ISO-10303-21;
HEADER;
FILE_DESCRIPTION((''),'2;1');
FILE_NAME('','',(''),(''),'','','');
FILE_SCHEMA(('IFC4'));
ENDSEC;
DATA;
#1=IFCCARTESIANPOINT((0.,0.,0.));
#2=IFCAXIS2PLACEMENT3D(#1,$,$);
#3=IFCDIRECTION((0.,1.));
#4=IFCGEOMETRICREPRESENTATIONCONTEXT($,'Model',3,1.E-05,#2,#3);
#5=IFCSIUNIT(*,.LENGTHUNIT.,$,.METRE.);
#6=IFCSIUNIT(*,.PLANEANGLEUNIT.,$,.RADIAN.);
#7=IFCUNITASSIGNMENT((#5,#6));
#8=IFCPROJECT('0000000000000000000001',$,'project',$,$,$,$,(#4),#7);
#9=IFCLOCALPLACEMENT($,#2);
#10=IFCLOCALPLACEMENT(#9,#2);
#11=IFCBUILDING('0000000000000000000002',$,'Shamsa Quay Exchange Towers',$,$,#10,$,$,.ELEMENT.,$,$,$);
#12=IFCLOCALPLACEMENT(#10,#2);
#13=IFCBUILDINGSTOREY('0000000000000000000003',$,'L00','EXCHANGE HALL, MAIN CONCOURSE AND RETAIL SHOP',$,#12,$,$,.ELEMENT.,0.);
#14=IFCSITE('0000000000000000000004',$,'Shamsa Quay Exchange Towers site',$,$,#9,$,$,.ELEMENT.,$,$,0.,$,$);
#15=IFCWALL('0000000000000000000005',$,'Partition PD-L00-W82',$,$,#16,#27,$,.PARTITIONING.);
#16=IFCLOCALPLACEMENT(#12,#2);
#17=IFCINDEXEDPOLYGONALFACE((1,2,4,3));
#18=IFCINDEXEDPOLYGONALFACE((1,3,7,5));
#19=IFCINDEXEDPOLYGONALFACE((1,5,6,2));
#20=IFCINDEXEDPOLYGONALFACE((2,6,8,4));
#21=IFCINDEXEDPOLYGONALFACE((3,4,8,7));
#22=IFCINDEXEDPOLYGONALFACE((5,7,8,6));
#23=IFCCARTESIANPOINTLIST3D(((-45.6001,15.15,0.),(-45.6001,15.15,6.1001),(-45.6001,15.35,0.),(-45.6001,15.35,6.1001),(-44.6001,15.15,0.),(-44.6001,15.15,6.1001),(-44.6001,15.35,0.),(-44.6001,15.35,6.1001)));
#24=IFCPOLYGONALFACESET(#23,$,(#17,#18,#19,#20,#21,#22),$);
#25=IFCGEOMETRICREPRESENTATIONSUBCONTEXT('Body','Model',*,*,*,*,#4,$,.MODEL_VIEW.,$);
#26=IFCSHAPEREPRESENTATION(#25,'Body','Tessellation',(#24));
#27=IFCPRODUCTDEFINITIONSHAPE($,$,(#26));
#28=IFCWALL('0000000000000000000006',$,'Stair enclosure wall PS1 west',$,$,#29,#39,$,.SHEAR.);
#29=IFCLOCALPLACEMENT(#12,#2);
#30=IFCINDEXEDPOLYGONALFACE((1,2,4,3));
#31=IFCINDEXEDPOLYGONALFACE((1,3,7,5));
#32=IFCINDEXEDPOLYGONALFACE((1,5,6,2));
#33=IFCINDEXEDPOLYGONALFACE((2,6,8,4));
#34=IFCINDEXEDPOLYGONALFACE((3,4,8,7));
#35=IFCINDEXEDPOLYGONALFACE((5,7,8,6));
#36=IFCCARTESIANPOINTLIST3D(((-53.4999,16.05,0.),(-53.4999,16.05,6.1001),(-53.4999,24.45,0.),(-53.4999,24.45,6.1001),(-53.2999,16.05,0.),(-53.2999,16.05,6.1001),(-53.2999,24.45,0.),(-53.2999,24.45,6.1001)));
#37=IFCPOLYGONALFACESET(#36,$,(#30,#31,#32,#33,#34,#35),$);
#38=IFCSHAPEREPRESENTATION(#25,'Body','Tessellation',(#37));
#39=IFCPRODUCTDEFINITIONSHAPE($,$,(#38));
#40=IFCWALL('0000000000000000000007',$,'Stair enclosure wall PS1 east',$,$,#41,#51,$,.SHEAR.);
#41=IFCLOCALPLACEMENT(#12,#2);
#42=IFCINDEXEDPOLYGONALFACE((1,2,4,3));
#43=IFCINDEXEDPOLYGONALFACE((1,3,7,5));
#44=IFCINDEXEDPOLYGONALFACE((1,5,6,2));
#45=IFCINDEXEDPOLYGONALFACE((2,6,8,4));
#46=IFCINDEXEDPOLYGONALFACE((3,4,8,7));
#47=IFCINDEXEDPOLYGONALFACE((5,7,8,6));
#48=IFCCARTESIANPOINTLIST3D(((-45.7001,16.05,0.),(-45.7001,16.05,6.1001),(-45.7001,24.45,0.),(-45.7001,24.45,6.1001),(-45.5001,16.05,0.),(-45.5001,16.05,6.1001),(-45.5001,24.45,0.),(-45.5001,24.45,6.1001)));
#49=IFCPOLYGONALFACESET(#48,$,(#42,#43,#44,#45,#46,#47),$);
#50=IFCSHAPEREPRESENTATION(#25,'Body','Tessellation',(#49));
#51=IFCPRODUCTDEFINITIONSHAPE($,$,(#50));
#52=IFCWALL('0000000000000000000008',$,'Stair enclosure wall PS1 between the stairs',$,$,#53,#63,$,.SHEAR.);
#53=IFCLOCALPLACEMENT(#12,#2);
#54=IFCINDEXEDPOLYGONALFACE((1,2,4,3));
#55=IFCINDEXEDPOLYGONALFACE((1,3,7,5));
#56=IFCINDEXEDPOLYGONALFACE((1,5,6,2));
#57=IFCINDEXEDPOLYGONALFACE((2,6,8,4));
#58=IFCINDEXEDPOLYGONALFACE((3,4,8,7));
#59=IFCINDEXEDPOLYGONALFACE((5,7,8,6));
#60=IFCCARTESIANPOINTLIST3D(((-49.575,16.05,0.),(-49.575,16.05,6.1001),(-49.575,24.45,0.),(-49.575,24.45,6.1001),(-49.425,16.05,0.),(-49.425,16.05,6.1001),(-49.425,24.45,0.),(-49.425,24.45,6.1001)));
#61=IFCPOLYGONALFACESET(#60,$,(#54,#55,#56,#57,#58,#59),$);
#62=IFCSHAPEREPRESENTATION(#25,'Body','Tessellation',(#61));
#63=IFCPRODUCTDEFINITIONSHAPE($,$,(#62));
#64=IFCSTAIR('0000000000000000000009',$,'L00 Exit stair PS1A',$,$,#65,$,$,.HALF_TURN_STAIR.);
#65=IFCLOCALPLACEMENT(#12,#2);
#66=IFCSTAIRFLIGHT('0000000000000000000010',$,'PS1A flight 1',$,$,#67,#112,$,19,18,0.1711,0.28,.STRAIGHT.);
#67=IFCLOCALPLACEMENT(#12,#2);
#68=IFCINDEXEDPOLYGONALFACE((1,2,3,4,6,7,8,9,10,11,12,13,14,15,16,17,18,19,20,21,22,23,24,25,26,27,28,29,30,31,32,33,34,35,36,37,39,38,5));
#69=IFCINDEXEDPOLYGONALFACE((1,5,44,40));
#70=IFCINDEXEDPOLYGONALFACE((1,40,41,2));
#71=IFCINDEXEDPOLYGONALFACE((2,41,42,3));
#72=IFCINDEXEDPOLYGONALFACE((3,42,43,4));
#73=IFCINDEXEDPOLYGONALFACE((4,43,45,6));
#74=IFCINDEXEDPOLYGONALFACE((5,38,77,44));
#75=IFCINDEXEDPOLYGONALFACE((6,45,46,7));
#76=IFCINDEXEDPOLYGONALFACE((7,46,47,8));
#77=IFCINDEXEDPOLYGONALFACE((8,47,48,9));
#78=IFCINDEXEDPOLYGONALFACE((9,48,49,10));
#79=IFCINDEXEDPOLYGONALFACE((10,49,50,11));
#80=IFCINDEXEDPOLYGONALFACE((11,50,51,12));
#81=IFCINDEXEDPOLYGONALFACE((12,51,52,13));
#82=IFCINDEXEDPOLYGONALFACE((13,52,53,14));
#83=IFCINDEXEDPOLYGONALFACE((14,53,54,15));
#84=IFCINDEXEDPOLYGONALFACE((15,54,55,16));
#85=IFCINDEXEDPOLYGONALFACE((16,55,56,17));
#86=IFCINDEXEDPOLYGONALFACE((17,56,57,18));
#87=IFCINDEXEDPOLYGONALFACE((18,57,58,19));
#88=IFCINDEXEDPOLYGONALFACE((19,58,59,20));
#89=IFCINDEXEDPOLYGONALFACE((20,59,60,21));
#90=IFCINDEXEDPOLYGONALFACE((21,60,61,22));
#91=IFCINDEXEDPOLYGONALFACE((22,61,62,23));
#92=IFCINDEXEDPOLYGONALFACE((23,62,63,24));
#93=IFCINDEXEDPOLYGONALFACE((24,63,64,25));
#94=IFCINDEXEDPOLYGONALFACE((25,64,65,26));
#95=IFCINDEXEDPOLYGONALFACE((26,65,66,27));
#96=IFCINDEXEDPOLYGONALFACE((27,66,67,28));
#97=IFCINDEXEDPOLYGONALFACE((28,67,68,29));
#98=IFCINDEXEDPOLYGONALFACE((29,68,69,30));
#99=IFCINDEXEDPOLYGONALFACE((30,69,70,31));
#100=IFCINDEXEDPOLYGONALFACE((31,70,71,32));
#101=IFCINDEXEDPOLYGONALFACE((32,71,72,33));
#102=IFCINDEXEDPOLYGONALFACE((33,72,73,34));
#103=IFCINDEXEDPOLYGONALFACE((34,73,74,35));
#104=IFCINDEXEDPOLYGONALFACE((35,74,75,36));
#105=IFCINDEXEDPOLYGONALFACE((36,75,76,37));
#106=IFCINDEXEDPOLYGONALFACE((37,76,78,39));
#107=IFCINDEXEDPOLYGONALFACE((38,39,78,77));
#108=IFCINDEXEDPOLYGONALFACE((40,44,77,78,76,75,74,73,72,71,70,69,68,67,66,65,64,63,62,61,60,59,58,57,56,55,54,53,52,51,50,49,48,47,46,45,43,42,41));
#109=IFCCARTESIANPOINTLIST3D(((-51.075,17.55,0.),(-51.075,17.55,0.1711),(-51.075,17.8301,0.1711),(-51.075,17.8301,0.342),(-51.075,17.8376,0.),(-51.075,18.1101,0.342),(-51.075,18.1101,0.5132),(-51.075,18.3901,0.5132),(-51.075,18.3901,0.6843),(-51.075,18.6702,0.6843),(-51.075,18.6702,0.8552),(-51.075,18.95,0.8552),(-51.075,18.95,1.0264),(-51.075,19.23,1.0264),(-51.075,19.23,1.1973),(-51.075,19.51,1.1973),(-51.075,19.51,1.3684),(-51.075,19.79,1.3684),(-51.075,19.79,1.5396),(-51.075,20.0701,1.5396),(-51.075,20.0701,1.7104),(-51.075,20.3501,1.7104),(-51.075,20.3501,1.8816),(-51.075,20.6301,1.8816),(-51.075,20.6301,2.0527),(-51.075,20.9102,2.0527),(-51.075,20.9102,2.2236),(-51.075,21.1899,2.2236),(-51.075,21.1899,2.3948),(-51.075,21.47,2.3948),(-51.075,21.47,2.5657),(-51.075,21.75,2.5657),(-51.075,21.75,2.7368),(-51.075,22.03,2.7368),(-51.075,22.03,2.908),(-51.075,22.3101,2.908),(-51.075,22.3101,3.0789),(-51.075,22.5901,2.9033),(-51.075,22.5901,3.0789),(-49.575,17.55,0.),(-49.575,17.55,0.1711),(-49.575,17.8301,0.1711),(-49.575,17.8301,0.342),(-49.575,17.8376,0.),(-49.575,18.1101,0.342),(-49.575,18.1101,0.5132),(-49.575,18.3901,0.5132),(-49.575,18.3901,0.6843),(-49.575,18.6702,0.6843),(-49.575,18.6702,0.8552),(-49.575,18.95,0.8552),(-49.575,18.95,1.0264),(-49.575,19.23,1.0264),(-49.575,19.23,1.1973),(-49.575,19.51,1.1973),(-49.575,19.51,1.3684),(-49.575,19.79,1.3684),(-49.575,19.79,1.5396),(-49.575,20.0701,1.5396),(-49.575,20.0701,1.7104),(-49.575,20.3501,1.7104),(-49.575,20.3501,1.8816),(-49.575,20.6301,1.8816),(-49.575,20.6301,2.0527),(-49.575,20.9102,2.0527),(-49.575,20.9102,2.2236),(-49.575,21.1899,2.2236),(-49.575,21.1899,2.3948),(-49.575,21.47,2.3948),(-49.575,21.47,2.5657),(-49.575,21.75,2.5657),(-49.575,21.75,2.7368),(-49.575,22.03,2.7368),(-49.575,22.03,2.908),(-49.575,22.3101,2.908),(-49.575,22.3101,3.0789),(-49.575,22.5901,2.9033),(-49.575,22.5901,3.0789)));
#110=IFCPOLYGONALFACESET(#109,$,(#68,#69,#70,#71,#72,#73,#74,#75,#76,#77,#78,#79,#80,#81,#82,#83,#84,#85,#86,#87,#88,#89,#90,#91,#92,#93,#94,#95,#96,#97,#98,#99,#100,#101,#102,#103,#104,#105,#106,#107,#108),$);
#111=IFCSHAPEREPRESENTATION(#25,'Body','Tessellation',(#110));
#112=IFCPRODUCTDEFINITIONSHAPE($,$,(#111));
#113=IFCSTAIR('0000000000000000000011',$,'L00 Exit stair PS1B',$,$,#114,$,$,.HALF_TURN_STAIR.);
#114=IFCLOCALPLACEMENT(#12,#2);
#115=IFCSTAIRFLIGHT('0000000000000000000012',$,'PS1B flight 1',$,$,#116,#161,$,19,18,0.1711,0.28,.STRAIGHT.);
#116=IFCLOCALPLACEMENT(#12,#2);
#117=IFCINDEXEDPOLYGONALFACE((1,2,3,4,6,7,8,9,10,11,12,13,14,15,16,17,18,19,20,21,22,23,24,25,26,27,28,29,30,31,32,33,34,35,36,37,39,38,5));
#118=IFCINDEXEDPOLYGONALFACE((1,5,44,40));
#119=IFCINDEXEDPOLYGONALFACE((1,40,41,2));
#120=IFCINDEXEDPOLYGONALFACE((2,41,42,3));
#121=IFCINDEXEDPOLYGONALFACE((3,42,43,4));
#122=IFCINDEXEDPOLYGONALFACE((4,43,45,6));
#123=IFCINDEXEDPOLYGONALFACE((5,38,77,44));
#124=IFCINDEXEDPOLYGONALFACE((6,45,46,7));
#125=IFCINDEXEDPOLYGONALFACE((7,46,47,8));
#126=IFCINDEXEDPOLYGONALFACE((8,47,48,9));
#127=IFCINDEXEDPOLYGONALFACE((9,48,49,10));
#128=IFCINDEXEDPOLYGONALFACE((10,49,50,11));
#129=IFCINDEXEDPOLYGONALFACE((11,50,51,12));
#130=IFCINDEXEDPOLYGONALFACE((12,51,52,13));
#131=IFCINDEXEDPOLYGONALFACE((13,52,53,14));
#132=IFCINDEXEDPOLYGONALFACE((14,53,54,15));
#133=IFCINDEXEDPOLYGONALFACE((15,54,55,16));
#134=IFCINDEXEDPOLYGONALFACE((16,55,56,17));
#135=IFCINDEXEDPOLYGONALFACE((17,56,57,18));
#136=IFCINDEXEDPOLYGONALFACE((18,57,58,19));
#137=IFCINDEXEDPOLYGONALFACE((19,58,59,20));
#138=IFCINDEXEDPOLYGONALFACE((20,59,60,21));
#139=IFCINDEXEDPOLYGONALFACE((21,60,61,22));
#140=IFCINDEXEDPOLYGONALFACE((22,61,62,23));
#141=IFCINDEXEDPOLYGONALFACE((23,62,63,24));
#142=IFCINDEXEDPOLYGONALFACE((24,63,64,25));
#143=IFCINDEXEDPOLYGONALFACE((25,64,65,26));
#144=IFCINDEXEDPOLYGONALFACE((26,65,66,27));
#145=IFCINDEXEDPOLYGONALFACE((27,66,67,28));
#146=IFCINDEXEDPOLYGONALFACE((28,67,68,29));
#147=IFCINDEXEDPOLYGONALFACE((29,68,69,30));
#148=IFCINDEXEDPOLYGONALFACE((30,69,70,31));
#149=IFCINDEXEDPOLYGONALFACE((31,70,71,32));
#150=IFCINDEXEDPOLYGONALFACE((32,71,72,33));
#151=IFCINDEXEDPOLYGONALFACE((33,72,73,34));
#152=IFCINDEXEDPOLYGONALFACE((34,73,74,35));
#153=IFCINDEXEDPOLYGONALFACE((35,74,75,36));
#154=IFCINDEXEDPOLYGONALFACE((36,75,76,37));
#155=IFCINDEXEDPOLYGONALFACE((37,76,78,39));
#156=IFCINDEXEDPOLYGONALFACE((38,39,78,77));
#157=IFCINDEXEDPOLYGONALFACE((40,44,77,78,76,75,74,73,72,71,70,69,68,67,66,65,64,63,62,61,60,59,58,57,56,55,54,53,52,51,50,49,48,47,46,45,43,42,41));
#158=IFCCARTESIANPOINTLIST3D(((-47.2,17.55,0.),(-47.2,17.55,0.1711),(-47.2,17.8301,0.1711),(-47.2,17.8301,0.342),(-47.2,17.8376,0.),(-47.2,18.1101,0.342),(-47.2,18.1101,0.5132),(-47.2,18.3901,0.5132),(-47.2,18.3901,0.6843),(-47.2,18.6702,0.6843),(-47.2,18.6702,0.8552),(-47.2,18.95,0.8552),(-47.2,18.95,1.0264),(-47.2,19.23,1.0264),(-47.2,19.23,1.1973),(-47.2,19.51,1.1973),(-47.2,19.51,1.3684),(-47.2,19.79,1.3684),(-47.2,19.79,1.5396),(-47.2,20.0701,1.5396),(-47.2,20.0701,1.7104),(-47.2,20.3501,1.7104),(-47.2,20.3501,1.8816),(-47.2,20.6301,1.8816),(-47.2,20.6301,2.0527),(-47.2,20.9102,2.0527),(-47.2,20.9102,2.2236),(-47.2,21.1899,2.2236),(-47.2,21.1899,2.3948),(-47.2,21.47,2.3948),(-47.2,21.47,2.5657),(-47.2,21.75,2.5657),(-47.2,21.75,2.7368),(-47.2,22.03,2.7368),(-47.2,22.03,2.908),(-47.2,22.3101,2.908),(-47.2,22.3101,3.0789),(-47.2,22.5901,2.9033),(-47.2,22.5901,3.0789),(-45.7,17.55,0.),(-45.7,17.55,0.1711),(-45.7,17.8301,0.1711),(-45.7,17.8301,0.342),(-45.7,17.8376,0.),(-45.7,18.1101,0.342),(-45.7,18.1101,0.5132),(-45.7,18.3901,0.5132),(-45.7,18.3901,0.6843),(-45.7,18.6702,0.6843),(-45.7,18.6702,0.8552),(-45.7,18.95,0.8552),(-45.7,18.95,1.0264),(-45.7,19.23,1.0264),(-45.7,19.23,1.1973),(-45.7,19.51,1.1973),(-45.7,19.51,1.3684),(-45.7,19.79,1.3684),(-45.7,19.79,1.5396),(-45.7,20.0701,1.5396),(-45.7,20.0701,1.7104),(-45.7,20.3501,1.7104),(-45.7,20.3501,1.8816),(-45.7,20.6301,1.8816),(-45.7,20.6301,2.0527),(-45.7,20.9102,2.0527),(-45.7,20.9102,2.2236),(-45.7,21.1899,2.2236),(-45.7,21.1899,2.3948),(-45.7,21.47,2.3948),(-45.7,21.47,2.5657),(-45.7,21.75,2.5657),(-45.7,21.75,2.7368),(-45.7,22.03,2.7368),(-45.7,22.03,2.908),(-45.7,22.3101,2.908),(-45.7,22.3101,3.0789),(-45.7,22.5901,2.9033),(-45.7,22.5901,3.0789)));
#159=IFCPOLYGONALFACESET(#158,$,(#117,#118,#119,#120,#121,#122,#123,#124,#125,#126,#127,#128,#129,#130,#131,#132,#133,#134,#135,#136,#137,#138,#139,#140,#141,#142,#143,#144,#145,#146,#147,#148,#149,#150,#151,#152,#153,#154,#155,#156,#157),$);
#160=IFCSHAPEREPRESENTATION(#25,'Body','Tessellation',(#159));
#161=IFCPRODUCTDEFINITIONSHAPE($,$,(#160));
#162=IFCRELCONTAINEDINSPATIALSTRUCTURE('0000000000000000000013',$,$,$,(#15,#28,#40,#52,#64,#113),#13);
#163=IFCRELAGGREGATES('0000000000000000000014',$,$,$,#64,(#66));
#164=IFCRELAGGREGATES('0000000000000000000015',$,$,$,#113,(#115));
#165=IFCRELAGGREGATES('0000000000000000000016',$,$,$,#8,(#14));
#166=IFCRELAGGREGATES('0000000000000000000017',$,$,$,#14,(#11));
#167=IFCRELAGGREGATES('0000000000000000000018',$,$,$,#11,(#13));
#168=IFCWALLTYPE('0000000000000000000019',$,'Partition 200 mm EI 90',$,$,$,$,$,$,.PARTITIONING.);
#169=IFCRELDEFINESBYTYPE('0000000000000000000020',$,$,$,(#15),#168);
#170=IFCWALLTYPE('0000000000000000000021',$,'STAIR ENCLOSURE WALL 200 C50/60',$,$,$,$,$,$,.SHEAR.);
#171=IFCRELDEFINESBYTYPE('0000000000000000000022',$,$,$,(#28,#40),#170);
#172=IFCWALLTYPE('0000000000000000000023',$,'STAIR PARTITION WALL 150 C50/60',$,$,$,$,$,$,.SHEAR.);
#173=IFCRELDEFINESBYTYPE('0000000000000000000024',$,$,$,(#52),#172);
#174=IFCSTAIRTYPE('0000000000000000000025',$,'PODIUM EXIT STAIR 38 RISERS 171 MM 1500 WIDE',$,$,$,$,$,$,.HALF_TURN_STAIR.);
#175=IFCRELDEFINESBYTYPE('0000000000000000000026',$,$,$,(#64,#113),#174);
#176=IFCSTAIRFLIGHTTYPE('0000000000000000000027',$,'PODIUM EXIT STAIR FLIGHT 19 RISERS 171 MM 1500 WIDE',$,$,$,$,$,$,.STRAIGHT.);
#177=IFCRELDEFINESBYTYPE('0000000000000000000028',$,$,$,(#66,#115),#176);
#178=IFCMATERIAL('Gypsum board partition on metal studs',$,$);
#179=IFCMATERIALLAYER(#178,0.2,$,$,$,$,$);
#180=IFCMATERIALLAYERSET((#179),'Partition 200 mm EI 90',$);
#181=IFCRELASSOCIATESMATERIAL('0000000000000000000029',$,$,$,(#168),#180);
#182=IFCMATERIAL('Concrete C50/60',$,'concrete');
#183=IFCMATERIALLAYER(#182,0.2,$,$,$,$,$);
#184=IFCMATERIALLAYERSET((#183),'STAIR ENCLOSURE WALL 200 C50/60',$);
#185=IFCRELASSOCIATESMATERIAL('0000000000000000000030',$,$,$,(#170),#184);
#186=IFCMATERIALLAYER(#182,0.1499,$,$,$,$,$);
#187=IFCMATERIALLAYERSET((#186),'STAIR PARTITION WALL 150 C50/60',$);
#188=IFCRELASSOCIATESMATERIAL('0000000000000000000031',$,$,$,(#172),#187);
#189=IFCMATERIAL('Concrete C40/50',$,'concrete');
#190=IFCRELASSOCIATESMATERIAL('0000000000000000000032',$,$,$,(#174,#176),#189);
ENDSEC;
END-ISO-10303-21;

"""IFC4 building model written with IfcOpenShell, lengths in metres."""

from ifc_helpers import new_model, si_unit, direction, frame, frame_2d, origin, place, context, subcontext, project, spatial, polyline, rectangle, outline, extrude, material, layer, layer_set, type_object, element, aggregate, save


model = new_model("IFC4")

# Units and contexts
model_context = context("Model", 3, precision=1e-05, world=origin(), true_north=direction((0.0, 1.0)))
body_context = subcontext(model_context, "Body", "Model", "MODEL_VIEW")
ifc_project = project(units=[si_unit("LENGTHUNIT", "METRE"), si_unit("PLANEANGLEUNIT", "RADIAN")], contexts=[model_context])

# Site, building, storey
site_placement = place(None, origin())
site = spatial("IfcSite", under=ifc_project, at=site_placement, Name="Shamsa Quay Exchange Towers site", CompositionType="ELEMENT", RefElevation=0.0)
building_placement = place(site_placement, origin())
building = spatial("IfcBuilding", under=site, at=building_placement, Name="Shamsa Quay Exchange Towers", CompositionType="ELEMENT")
storey_placement = place(building_placement, origin())
storey = spatial("IfcBuildingStorey", under=building, at=storey_placement, Name="L00", Description="EXCHANGE HALL, MAIN CONCOURSE AND RETAIL SHOP", CompositionType="ELEMENT", Elevation=0.0)

# Shared definitions
ifc_material_1 = material(Name="Concrete C40/50", Category="concrete")

# Wall
ifc_material_2 = material(Name="Gypsum board partition on metal studs")
ifc_layer_1 = layer(ifc_material_2, 0.2)
ifc_layer_set_1 = layer_set([ifc_layer_1], Name="Partition 200 mm EI 90")
wall_type_1 = type_object("IfcWallType", Name="Partition 200 mm EI 90", PredefinedType="PARTITIONING", material=ifc_layer_set_1)
wall_1_placement = place(storey_placement, frame((-45.6001, 15.25, 0.0)))
element("IfcWall", 1, at=wall_1_placement, inside=storey, type_object=wall_type_1, Name="Partition PD-L00-W82", PredefinedType="PARTITIONING", context=body_context, shape_type="SweptSolid", body=[
    extrude(rectangle(XDim=1.0, YDim=0.2, at=frame_2d((0.5, 0.0))), origin(), (0.0, 0.0, 1.0), 6.1001),
])

# Shared definitions
ifc_material_3 = material(Name="Concrete C50/60", Category="concrete")
ifc_layer_2 = layer(ifc_material_3, 0.2)
ifc_layer_set_2 = layer_set([ifc_layer_2], Name="STAIR ENCLOSURE WALL 200 C50/60")
wall_type_2 = type_object("IfcWallType", Name="STAIR ENCLOSURE WALL 200 C50/60", PredefinedType="SHEAR", material=ifc_layer_set_2)

# Walls
for number, where, z_axis, x_axis, name in (
    (2, (-53.3999, 16.05, 0.0), (0.0, 0.0, 1.0), (0.0, 1.0, 0.0), "Stair enclosure wall PS1 west"),
    (3, (-45.6001, 16.05, 0.0), (0.0, 0.0, 1.0), (0.0, 1.0, 0.0), "Stair enclosure wall PS1 east"),
):
    element("IfcWall", number, at=place(storey_placement, frame(where, z_axis=z_axis, x_axis=x_axis)), inside=storey, type_object=wall_type_2, Name=name, PredefinedType="SHEAR", context=body_context, shape_type="SweptSolid", body=[
        extrude(rectangle(XDim=8.3999, YDim=0.2, at=frame_2d((4.2, 0.0))), origin(), (0.0, 0.0, 1.0), 6.1001),
    ])
ifc_layer_3 = layer(ifc_material_3, 0.1499)
ifc_layer_set_3 = layer_set([ifc_layer_3], Name="STAIR PARTITION WALL 150 C50/60")
wall_type_3 = type_object("IfcWallType", Name="STAIR PARTITION WALL 150 C50/60", PredefinedType="SHEAR", material=ifc_layer_set_3)
wall_2_placement = place(storey_placement, frame((-49.5, 16.05, 0.0), z_axis=(0.0, 0.0, 1.0), x_axis=(0.0, 1.0, 0.0)))
element("IfcWall", 4, at=wall_2_placement, inside=storey, type_object=wall_type_3, Name="Stair enclosure wall PS1 between the stairs", PredefinedType="SHEAR", context=body_context, shape_type="SweptSolid", body=[
    extrude(rectangle(XDim=8.3999, YDim=0.1499, at=frame_2d((4.2, 0.0))), origin(), (0.0, 0.0, 1.0), 6.1001),
])

# Stairs, stair flights
stair_type = type_object("IfcStairType", Name="PODIUM EXIT STAIR 38 RISERS 171 MM 1500 WIDE", PredefinedType="HALF_TURN_STAIR", material=ifc_material_1)
stair_1_placement = place(storey_placement, origin())
stair_1 = element("IfcStair", 5, at=stair_1_placement, inside=storey, type_object=stair_type, Name="L00 Exit stair PS1A", PredefinedType="HALF_TURN_STAIR")
stair_flight_type = type_object("IfcStairFlightType", Name="PODIUM EXIT STAIR FLIGHT 19 RISERS 171 MM 1500 WIDE", PredefinedType="STRAIGHT", material=ifc_material_1)
stair_flight_1_placement = place(storey_placement, frame((-50.325, 17.55, 0.0), z_axis=(0.0, 0.0, 1.0), x_axis=(0.0, 1.0, 0.0)))
stair_flight_1 = element("IfcStairFlight", 6, at=stair_flight_1_placement, type_object=stair_flight_type, Name="PS1A flight 1", NumberOfRisers=19, NumberOfTreads=18, PredefinedType="STRAIGHT", RiserHeight=0.1711, TreadLength=0.28, context=body_context, shape_type="SweptSolid", body=[
    extrude(outline(polyline([(0.0, 0.0), (0.0, 0.1711), (0.28, 0.1711), (0.28, 0.342), (0.5601, 0.342), (0.5601, 0.5132), (0.8401, 0.5132), (0.8401, 0.6843), (1.1201, 0.6843), (1.1201, 0.8552), (1.3999, 0.8552), (1.3999, 1.0264), (1.6799, 1.0264), (1.6799, 1.1973), (1.96, 1.1973), (1.96, 1.3684), (2.24, 1.3684), (2.24, 1.5396), (2.52, 1.5396), (2.52, 1.7104), (2.8, 1.7104), (2.8, 1.8816), (3.0801, 1.8816), (3.0801, 2.0527), (3.3601, 2.0527), (3.3601, 2.2236), (3.6399, 2.2236), (3.6399, 2.3948), (3.9199, 2.3948), (3.9199, 2.5657), (4.2, 2.5657), (4.2, 2.7368), (4.48, 2.7368), (4.48, 2.908), (4.76, 2.908), (4.76, 3.0789), (5.04, 3.0789), (5.04, 3.25), (5.04, 2.9033), (0.2876, 0.0), (0.0, 0.0)])), frame((0.0, 0.75, 0.0), z_axis=(0.0, -1.0, 0.0), x_axis=(1.0, 0.0, 0.0)), (0.0, 0.0, 1.0), 1.5),
])
aggregate(stair_1, [stair_flight_1])
stair_2_placement = place(storey_placement, origin())
stair_2 = element("IfcStair", 7, at=stair_2_placement, inside=storey, type_object=stair_type, Name="L00 Exit stair PS1B", PredefinedType="HALF_TURN_STAIR")
stair_flight_2_placement = place(storey_placement, frame((-46.45, 17.55, 0.0), z_axis=(0.0, 0.0, 1.0), x_axis=(0.0, 1.0, 0.0)))
stair_flight_2 = element("IfcStairFlight", 8, at=stair_flight_2_placement, type_object=stair_flight_type, Name="PS1B flight 1", NumberOfRisers=19, NumberOfTreads=18, PredefinedType="STRAIGHT", RiserHeight=0.1711, TreadLength=0.28, context=body_context, shape_type="SweptSolid", body=[
    extrude(outline(polyline([(0.0, 0.0), (0.0, 0.1711), (0.28, 0.1711), (0.28, 0.342), (0.5601, 0.342), (0.5601, 0.5132), (0.8401, 0.5132), (0.8401, 0.6843), (1.1201, 0.6843), (1.1201, 0.8552), (1.3999, 0.8552), (1.3999, 1.0264), (1.6799, 1.0264), (1.6799, 1.1973), (1.96, 1.1973), (1.96, 1.3684), (2.24, 1.3684), (2.24, 1.5396), (2.52, 1.5396), (2.52, 1.7104), (2.8, 1.7104), (2.8, 1.8816), (3.0801, 1.8816), (3.0801, 2.0527), (3.3601, 2.0527), (3.3601, 2.2236), (3.6399, 2.2236), (3.6399, 2.3948), (3.9199, 2.3948), (3.9199, 2.5657), (4.2, 2.5657), (4.2, 2.7368), (4.48, 2.7368), (4.48, 2.908), (4.76, 2.908), (4.76, 3.0789), (5.04, 3.0789), (5.04, 3.25), (5.04, 2.9033), (0.2876, 0.0), (0.0, 0.0)])), frame((0.0, 0.75, 0.0), z_axis=(0.0, -1.0, 0.0), x_axis=(1.0, 0.0, 0.0)), (0.0, 0.0, 1.0), 1.5),
])
aggregate(stair_2, [stair_flight_2])

save(model, "model.ifc")
